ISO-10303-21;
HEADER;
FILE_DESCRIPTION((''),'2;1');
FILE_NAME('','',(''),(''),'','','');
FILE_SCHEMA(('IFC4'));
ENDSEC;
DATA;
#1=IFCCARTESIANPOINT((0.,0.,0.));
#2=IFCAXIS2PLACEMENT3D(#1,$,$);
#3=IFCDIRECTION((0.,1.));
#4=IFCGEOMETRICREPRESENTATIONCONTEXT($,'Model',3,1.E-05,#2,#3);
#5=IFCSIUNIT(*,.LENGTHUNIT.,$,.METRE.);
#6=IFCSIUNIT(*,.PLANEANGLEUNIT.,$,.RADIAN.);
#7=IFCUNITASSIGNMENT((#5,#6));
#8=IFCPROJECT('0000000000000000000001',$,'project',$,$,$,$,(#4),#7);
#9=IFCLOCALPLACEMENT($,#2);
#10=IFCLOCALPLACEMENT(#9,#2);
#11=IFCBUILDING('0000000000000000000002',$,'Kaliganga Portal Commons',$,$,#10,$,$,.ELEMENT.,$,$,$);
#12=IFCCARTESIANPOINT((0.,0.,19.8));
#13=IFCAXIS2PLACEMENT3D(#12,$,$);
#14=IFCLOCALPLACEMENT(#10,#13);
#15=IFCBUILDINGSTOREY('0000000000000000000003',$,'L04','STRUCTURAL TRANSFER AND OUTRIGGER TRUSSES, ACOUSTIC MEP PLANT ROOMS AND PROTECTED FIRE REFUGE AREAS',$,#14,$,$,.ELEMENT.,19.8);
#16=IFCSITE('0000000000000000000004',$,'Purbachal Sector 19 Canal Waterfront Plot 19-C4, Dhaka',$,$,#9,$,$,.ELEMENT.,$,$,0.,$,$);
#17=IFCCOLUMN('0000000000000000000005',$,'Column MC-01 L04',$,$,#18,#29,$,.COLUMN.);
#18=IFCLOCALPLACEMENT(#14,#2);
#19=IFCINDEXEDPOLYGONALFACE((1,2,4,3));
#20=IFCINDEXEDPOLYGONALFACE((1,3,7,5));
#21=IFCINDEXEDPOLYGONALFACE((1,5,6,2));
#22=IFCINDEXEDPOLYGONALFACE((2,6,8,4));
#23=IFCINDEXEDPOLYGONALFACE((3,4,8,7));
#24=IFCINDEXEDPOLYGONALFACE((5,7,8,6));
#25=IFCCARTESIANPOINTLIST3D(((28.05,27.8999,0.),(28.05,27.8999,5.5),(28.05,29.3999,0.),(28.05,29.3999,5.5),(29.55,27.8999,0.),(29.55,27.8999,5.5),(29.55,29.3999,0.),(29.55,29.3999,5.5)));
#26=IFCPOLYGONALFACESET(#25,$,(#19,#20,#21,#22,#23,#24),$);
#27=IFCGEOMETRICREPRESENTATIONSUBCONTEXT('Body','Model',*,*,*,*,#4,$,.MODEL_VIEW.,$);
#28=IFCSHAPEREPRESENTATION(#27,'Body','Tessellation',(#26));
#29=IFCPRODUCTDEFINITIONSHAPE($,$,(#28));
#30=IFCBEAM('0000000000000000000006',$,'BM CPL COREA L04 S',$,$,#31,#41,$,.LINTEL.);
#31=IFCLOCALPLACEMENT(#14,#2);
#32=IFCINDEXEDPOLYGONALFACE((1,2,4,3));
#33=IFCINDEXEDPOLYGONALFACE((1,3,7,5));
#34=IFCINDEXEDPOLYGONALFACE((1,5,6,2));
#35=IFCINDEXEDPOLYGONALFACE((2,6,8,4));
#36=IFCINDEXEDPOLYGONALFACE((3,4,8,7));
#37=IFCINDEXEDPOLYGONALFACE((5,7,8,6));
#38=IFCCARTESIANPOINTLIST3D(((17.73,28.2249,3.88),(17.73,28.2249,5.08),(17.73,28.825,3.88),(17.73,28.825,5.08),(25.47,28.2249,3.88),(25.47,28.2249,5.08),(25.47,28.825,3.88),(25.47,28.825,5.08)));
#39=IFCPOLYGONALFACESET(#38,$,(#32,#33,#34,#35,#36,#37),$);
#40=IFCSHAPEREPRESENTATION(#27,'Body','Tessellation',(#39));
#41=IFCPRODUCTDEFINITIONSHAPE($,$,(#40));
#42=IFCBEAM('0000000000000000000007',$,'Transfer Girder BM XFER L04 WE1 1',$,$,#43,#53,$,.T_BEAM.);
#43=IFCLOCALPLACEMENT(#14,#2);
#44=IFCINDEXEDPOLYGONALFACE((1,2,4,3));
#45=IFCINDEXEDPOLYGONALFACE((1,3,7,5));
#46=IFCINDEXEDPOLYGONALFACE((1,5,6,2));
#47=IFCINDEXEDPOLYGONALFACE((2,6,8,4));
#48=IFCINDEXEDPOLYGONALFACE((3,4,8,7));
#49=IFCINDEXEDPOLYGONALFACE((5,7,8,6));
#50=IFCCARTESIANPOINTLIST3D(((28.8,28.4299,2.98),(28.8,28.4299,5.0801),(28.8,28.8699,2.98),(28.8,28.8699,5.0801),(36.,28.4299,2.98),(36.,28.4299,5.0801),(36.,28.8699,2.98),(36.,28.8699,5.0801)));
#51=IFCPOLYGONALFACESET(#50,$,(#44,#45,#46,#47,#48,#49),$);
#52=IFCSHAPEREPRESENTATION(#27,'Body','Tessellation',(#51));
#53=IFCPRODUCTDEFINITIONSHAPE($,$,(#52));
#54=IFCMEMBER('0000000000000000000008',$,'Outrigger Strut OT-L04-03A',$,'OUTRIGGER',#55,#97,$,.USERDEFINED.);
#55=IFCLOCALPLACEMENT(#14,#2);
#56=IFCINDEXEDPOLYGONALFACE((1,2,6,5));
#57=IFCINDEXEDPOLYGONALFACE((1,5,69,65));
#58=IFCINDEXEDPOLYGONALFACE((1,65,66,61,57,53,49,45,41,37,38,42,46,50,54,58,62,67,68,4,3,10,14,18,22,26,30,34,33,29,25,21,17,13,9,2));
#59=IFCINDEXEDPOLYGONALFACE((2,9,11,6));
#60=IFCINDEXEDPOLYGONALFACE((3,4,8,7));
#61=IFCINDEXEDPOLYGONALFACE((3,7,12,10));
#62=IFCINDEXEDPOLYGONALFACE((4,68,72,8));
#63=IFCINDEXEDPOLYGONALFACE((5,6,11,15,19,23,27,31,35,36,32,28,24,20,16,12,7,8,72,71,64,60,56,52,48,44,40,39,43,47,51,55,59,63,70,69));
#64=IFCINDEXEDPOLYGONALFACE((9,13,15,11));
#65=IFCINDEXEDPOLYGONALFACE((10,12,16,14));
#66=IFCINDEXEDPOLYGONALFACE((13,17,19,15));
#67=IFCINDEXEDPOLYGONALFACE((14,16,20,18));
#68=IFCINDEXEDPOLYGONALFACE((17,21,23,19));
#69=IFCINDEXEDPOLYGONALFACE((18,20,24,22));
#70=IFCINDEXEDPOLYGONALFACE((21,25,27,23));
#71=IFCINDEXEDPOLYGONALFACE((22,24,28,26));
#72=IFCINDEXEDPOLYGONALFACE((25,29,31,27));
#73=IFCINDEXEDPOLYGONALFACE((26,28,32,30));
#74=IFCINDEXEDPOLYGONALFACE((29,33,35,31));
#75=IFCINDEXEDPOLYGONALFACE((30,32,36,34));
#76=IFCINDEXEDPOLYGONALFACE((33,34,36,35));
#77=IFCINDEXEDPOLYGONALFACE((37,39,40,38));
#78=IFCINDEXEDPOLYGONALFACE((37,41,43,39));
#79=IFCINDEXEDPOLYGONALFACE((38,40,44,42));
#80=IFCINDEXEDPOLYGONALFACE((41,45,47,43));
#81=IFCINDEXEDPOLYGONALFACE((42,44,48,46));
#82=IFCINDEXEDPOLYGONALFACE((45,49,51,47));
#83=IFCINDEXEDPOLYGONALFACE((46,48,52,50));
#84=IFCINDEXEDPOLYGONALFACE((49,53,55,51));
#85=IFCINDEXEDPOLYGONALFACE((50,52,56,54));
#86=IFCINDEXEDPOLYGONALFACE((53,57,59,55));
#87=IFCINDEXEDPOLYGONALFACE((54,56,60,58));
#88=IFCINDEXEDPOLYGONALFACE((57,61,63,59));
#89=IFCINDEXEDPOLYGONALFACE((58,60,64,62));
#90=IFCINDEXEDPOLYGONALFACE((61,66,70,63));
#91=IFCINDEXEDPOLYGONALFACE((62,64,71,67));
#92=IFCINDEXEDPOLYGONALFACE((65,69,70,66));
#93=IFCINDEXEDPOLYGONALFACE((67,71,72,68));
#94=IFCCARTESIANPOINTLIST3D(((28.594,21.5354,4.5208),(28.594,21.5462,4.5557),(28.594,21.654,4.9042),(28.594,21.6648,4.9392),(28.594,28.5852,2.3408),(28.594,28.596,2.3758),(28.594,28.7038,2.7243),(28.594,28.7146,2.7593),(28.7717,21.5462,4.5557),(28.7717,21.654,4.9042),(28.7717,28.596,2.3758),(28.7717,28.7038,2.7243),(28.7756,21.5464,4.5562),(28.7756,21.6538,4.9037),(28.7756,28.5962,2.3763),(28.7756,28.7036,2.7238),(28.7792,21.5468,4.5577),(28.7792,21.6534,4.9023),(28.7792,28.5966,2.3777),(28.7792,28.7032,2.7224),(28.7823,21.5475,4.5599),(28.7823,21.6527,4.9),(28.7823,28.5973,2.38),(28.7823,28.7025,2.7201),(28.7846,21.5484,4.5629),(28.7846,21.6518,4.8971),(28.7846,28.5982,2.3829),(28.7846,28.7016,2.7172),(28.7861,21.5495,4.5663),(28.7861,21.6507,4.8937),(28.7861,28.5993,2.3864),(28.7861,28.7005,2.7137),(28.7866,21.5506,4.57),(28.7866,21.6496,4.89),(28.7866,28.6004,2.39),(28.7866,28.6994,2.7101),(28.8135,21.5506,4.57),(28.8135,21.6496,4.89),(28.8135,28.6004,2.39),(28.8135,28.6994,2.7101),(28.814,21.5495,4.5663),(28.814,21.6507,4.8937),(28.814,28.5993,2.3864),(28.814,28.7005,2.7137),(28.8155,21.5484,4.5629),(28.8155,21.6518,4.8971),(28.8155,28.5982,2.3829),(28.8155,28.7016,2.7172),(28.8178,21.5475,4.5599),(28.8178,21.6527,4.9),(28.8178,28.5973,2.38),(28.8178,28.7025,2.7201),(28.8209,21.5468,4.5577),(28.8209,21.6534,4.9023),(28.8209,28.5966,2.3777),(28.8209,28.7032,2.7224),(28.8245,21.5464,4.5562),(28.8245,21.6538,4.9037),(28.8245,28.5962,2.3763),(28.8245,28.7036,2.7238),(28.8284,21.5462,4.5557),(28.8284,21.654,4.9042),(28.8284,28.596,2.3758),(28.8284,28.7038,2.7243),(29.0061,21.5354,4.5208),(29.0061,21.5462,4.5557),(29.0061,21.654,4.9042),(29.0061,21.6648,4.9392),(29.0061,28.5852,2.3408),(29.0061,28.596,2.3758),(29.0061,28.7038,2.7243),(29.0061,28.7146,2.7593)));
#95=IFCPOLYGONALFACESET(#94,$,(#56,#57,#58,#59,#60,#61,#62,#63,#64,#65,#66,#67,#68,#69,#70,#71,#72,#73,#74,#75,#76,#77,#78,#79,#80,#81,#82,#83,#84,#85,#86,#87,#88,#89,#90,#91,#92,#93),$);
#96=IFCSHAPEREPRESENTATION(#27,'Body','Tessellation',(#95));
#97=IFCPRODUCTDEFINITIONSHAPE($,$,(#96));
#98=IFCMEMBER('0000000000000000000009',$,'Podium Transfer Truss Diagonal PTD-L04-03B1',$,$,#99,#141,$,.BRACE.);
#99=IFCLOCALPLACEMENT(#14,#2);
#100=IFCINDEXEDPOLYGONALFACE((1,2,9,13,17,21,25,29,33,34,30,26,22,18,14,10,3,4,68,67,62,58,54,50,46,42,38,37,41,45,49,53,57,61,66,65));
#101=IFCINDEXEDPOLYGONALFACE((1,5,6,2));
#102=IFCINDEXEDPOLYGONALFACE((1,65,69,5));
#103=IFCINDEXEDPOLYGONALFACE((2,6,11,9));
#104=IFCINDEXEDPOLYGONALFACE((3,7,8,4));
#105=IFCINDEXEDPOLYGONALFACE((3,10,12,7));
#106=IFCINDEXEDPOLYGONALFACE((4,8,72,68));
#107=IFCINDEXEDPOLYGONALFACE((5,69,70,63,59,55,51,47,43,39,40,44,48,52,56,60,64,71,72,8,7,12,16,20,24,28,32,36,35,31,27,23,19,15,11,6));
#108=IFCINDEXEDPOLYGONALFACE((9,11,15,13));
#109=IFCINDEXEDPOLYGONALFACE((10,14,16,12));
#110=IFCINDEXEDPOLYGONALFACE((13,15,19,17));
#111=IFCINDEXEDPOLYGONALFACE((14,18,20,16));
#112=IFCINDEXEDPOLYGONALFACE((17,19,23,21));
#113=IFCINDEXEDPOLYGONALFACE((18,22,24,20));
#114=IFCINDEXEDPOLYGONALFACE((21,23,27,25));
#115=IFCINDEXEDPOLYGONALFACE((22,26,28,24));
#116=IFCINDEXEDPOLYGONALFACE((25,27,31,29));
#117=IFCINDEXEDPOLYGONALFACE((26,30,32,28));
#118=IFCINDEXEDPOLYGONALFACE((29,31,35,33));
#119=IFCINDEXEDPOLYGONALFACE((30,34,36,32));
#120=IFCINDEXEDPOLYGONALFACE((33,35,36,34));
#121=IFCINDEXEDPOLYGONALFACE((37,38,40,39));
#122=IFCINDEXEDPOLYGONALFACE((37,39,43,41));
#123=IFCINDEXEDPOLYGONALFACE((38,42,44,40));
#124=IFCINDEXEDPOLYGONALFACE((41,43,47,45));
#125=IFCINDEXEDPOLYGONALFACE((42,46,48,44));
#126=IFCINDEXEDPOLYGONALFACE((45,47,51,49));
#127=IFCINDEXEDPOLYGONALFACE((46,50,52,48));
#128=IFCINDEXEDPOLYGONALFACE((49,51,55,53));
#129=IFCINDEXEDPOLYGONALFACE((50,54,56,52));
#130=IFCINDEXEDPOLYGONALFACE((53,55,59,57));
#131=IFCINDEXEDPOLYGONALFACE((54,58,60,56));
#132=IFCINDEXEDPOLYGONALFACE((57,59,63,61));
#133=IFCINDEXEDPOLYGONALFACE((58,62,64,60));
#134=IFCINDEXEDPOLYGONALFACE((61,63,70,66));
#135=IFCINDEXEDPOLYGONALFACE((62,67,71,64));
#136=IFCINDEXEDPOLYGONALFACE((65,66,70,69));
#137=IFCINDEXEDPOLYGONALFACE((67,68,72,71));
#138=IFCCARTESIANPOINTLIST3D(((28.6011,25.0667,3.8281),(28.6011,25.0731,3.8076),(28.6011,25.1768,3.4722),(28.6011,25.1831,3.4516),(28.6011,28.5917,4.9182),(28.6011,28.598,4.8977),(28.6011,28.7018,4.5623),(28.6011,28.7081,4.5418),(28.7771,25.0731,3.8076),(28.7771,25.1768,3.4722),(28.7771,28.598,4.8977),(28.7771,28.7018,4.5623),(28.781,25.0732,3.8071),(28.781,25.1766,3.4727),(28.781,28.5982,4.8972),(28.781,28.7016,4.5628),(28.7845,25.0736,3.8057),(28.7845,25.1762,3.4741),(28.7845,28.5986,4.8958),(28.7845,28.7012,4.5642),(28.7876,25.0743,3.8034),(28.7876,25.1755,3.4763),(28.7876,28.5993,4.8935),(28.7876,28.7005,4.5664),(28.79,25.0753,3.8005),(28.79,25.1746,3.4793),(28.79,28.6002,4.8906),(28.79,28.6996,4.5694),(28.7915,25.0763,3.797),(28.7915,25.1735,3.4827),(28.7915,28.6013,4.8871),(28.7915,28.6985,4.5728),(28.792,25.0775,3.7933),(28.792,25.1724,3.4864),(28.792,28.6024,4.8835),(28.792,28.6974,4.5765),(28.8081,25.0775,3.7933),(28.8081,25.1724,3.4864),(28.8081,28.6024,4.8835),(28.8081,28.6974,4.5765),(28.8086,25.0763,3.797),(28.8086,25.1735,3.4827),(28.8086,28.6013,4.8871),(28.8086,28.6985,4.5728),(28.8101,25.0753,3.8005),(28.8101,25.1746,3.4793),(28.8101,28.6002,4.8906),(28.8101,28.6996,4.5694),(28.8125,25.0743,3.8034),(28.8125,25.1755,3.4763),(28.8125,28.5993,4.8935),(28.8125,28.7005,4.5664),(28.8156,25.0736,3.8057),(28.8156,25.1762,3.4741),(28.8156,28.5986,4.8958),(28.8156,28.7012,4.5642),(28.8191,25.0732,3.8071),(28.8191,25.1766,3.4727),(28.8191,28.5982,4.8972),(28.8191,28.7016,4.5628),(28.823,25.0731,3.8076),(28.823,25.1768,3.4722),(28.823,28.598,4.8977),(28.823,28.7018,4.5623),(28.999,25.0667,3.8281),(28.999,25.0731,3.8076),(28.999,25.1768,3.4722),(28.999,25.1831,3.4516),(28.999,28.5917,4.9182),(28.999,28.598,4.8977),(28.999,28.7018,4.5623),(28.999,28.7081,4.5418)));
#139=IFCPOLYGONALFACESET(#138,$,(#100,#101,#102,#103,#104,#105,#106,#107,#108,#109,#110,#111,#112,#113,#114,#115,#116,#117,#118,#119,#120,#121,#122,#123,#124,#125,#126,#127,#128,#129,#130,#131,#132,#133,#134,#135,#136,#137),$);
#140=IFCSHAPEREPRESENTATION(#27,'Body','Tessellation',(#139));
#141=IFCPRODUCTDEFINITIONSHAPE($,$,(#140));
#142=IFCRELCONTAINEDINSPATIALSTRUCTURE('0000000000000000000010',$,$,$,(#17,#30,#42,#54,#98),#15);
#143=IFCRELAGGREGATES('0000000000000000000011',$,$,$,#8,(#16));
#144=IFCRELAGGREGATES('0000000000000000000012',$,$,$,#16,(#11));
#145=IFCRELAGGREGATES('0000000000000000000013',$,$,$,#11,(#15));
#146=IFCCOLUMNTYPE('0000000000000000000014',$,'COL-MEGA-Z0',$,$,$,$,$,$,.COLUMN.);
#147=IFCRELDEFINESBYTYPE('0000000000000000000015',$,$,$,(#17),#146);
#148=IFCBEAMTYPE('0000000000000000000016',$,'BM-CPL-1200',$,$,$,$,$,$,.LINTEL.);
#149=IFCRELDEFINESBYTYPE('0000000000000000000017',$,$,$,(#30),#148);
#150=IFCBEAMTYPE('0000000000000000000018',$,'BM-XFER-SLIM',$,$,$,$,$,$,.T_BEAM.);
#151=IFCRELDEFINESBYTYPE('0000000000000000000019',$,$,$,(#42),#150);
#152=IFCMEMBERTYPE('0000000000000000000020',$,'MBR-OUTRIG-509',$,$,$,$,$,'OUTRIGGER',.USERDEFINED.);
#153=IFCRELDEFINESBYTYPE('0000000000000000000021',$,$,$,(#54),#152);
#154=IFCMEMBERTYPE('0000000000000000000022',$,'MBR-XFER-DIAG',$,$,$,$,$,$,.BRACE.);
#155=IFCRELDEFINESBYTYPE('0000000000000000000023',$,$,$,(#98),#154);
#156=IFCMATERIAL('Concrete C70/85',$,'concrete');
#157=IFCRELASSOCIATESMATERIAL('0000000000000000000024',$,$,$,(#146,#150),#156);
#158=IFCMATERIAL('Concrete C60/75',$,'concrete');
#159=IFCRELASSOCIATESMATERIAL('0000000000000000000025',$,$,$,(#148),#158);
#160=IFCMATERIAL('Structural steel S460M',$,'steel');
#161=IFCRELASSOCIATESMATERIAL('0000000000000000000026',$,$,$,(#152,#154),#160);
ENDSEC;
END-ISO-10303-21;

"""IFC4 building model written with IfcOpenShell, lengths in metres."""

from ifc_helpers import new_model, si_unit, direction, frame, origin, origin_2d, place, context, subcontext, project, spatial, rectangle, i_section, extrude, source, transform, mapped, material, material_profile, profile_set, type_object, element, save


model = new_model("IFC4")

# Units and contexts
model_context = context("Model", 3, precision=1e-05, world=origin(), true_north=direction((0.0, 1.0)))
body_context = subcontext(model_context, "Body", "Model", "MODEL_VIEW")
ifc_project = project(units=[si_unit("LENGTHUNIT", "METRE"), si_unit("PLANEANGLEUNIT", "RADIAN")], contexts=[model_context])

# Site, building, storey
site_placement = place(None, origin())
site = spatial("IfcSite", under=ifc_project, at=site_placement, Name="Purbachal Sector 19 Canal Waterfront Plot 19-C4, Dhaka", CompositionType="ELEMENT", RefElevation=0.0)
building_placement = place(site_placement, origin())
building = spatial("IfcBuilding", under=site, at=building_placement, Name="Kaliganga Portal Commons", CompositionType="ELEMENT")
storey_placement = place(building_placement, frame((0.0, 0.0, 19.8)))
storey = spatial("IfcBuildingStorey", under=building, at=storey_placement, Name="L04", Description="STRUCTURAL TRANSFER AND OUTRIGGER TRUSSES, ACOUSTIC MEP PLANT ROOMS AND PROTECTED FIRE REFUGE AREAS", CompositionType="ELEMENT", Elevation=19.8)

# Column
ifc_material_1 = material(Name="Concrete C70/85", Category="concrete")
ifc_material_profile_1 = material_profile(ifc_material_1, rectangle(XDim=1.5, YDim=1.5, at=origin_2d()), Name="RC 1500x1500")
ifc_profile_set_1 = profile_set([ifc_material_profile_1], Name="Concrete C70/85")
column_type = type_object("IfcColumnType", Name="COL-MEGA-Z0", PredefinedType="COLUMN", material=ifc_profile_set_1)
shared_shape_1 = source(origin(), body_context, "Body", "SweptSolid", [
    extrude(rectangle(XDim=1.5, YDim=1.5, at=origin_2d()), origin(), (0.0, 0.0, 1.0), 5.5),
])
column_placement = place(storey_placement, frame((28.8, 28.6499, 0.0), z_axis=(0.0, 0.0, 1.0), x_axis=(1.0, 0.0, 0.0)))
element("IfcColumn", 1, at=column_placement, inside=storey, type_object=column_type, Name="Column MC-01 L04", PredefinedType="COLUMN", context=body_context, shape_type="MappedRepresentation", body=[
    mapped(shared_shape_1, transform((0.0, 0.0, 0.0), x_axis=(1.0, 0.0, 0.0), y_axis=(0.0, 1.0, 0.0), z_axis=(0.0, 0.0, 1.0), scale=1.0)),
])

# Beams
ifc_material_2 = material(Name="Concrete C60/75", Category="concrete")
ifc_material_profile_2 = material_profile(ifc_material_2, rectangle(XDim=0.6001, YDim=1.2, at=origin_2d()), Name="RC 600x1200")
ifc_profile_set_2 = profile_set([ifc_material_profile_2], Name="Concrete C60/75")
beam_type_1 = type_object("IfcBeamType", Name="BM-CPL-1200", PredefinedType="LINTEL", material=ifc_profile_set_2)
shared_shape_2 = source(origin(), body_context, "Body", "SweptSolid", [
    extrude(rectangle(XDim=0.6001, YDim=1.2, at=origin_2d()), origin(), (0.0, 0.0, 1.0), 7.74),
])
beam_1_placement = place(storey_placement, frame((17.73, 28.5249, 4.48), z_axis=(1.0, 0.0, 0.0), x_axis=(0.0, 1.0, 0.0)))
element("IfcBeam", 2, at=beam_1_placement, inside=storey, type_object=beam_type_1, Name="BM CPL COREA L04 S", PredefinedType="LINTEL", context=body_context, shape_type="MappedRepresentation", body=[
    mapped(shared_shape_2, transform((0.0, 0.0, 0.0), x_axis=(1.0, 0.0, 0.0), y_axis=(0.0, 1.0, 0.0), z_axis=(0.0, 0.0, 1.0), scale=1.0)),
])
ifc_material_profile_3 = material_profile(ifc_material_1, rectangle(XDim=0.4399, YDim=2.1001, at=origin_2d()), Name="RC 440x2100")
ifc_profile_set_3 = profile_set([ifc_material_profile_3], Name="Concrete C70/85")
beam_type_2 = type_object("IfcBeamType", Name="BM-XFER-SLIM", PredefinedType="T_BEAM", material=ifc_profile_set_3)
shared_shape_3 = source(origin(), body_context, "Body", "SweptSolid", [
    extrude(rectangle(XDim=0.4399, YDim=2.1001, at=origin_2d()), origin(), (0.0, 0.0, 1.0), 7.2),
])
beam_2_placement = place(storey_placement, frame((28.8, 28.6499, 4.03), z_axis=(1.0, 0.0, 0.0), x_axis=(0.0, 1.0, 0.0)))
element("IfcBeam", 3, at=beam_2_placement, inside=storey, type_object=beam_type_2, Name="Transfer Girder BM XFER L04 WE1 1", PredefinedType="T_BEAM", context=body_context, shape_type="MappedRepresentation", body=[
    mapped(shared_shape_3, transform((0.0, 0.0, 0.0), x_axis=(1.0, 0.0, 0.0), y_axis=(0.0, 1.0, 0.0), z_axis=(0.0, 0.0, 1.0), scale=1.0)),
])

# Members
ifc_material_3 = material(Name="Structural steel S460M", Category="steel")
ifc_material_profile_4 = material_profile(ifc_material_3, i_section(OverallWidth=0.4121, OverallDepth=0.438, WebThickness=0.0269, FlangeThickness=0.0366, FilletRadius=0.0149, at=origin_2d()), Name="HD 400x463")
ifc_profile_set_4 = profile_set([ifc_material_profile_4], Name="Structural steel S460M wide-flange")
member_type_1 = type_object("IfcMemberType", Name="MBR-OUTRIG-509", ElementType="OUTRIGGER", PredefinedType="USERDEFINED", material=ifc_profile_set_4)
shared_shape_4 = source(origin(), body_context, "Body", "SweptSolid", [
    extrude(i_section(OverallWidth=0.4121, OverallDepth=0.438, WebThickness=0.0269, FlangeThickness=0.0366, FilletRadius=0.0149, at=origin_2d()), origin(), (0.0, 0.0, 1.0), 7.3792),
])
member_1_placement = place(storey_placement, frame((28.8, 28.6499, 2.55), z_axis=(0.0, -0.955368, 0.295418), x_axis=(1.0, 0.0, 0.0)))
element("IfcMember", 4, at=member_1_placement, inside=storey, type_object=member_type_1, Name="Outrigger Strut OT-L04-03A", ObjectType="OUTRIGGER", PredefinedType="USERDEFINED", context=body_context, shape_type="MappedRepresentation", body=[
    mapped(shared_shape_4, transform((0.0, 0.0, 0.0), x_axis=(1.0, 0.0, 0.0), y_axis=(0.0, 1.0, 0.0), z_axis=(0.0, 0.0, 1.0), scale=1.0)),
])
ifc_material_profile_5 = material_profile(ifc_material_3, i_section(OverallWidth=0.3979, OverallDepth=0.394, WebThickness=0.0161, FlangeThickness=0.0215, FilletRadius=0.0149, at=origin_2d()), Name="HD 400x262")
ifc_profile_set_5 = profile_set([ifc_material_profile_5], Name="Structural steel S460M wide-flange")
member_type_2 = type_object("IfcMemberType", Name="MBR-XFER-DIAG", PredefinedType="BRACE", material=ifc_profile_set_5)
shared_shape_5 = source(origin(), body_context, "Body", "SweptSolid", [
    extrude(i_section(OverallWidth=0.3979, OverallDepth=0.394, WebThickness=0.0161, FlangeThickness=0.0215, FilletRadius=0.0149, at=origin_2d()), origin(), (0.0, 0.0, 1.0), 3.6897),
])
member_2_placement = place(storey_placement, frame((28.8, 28.6499, 4.73), z_axis=(0.0, -0.955359, -0.295448), x_axis=(1.0, 0.0, 0.0)))
element("IfcMember", 5, at=member_2_placement, inside=storey, type_object=member_type_2, Name="Podium Transfer Truss Diagonal PTD-L04-03B1", PredefinedType="BRACE", context=body_context, shape_type="MappedRepresentation", body=[
    mapped(shared_shape_5, transform((0.0, 0.0, 0.0), x_axis=(1.0, 0.0, 0.0), y_axis=(0.0, 1.0, 0.0), z_axis=(0.0, 0.0, 1.0), scale=1.0)),
])

save(model, "model.ifc")
